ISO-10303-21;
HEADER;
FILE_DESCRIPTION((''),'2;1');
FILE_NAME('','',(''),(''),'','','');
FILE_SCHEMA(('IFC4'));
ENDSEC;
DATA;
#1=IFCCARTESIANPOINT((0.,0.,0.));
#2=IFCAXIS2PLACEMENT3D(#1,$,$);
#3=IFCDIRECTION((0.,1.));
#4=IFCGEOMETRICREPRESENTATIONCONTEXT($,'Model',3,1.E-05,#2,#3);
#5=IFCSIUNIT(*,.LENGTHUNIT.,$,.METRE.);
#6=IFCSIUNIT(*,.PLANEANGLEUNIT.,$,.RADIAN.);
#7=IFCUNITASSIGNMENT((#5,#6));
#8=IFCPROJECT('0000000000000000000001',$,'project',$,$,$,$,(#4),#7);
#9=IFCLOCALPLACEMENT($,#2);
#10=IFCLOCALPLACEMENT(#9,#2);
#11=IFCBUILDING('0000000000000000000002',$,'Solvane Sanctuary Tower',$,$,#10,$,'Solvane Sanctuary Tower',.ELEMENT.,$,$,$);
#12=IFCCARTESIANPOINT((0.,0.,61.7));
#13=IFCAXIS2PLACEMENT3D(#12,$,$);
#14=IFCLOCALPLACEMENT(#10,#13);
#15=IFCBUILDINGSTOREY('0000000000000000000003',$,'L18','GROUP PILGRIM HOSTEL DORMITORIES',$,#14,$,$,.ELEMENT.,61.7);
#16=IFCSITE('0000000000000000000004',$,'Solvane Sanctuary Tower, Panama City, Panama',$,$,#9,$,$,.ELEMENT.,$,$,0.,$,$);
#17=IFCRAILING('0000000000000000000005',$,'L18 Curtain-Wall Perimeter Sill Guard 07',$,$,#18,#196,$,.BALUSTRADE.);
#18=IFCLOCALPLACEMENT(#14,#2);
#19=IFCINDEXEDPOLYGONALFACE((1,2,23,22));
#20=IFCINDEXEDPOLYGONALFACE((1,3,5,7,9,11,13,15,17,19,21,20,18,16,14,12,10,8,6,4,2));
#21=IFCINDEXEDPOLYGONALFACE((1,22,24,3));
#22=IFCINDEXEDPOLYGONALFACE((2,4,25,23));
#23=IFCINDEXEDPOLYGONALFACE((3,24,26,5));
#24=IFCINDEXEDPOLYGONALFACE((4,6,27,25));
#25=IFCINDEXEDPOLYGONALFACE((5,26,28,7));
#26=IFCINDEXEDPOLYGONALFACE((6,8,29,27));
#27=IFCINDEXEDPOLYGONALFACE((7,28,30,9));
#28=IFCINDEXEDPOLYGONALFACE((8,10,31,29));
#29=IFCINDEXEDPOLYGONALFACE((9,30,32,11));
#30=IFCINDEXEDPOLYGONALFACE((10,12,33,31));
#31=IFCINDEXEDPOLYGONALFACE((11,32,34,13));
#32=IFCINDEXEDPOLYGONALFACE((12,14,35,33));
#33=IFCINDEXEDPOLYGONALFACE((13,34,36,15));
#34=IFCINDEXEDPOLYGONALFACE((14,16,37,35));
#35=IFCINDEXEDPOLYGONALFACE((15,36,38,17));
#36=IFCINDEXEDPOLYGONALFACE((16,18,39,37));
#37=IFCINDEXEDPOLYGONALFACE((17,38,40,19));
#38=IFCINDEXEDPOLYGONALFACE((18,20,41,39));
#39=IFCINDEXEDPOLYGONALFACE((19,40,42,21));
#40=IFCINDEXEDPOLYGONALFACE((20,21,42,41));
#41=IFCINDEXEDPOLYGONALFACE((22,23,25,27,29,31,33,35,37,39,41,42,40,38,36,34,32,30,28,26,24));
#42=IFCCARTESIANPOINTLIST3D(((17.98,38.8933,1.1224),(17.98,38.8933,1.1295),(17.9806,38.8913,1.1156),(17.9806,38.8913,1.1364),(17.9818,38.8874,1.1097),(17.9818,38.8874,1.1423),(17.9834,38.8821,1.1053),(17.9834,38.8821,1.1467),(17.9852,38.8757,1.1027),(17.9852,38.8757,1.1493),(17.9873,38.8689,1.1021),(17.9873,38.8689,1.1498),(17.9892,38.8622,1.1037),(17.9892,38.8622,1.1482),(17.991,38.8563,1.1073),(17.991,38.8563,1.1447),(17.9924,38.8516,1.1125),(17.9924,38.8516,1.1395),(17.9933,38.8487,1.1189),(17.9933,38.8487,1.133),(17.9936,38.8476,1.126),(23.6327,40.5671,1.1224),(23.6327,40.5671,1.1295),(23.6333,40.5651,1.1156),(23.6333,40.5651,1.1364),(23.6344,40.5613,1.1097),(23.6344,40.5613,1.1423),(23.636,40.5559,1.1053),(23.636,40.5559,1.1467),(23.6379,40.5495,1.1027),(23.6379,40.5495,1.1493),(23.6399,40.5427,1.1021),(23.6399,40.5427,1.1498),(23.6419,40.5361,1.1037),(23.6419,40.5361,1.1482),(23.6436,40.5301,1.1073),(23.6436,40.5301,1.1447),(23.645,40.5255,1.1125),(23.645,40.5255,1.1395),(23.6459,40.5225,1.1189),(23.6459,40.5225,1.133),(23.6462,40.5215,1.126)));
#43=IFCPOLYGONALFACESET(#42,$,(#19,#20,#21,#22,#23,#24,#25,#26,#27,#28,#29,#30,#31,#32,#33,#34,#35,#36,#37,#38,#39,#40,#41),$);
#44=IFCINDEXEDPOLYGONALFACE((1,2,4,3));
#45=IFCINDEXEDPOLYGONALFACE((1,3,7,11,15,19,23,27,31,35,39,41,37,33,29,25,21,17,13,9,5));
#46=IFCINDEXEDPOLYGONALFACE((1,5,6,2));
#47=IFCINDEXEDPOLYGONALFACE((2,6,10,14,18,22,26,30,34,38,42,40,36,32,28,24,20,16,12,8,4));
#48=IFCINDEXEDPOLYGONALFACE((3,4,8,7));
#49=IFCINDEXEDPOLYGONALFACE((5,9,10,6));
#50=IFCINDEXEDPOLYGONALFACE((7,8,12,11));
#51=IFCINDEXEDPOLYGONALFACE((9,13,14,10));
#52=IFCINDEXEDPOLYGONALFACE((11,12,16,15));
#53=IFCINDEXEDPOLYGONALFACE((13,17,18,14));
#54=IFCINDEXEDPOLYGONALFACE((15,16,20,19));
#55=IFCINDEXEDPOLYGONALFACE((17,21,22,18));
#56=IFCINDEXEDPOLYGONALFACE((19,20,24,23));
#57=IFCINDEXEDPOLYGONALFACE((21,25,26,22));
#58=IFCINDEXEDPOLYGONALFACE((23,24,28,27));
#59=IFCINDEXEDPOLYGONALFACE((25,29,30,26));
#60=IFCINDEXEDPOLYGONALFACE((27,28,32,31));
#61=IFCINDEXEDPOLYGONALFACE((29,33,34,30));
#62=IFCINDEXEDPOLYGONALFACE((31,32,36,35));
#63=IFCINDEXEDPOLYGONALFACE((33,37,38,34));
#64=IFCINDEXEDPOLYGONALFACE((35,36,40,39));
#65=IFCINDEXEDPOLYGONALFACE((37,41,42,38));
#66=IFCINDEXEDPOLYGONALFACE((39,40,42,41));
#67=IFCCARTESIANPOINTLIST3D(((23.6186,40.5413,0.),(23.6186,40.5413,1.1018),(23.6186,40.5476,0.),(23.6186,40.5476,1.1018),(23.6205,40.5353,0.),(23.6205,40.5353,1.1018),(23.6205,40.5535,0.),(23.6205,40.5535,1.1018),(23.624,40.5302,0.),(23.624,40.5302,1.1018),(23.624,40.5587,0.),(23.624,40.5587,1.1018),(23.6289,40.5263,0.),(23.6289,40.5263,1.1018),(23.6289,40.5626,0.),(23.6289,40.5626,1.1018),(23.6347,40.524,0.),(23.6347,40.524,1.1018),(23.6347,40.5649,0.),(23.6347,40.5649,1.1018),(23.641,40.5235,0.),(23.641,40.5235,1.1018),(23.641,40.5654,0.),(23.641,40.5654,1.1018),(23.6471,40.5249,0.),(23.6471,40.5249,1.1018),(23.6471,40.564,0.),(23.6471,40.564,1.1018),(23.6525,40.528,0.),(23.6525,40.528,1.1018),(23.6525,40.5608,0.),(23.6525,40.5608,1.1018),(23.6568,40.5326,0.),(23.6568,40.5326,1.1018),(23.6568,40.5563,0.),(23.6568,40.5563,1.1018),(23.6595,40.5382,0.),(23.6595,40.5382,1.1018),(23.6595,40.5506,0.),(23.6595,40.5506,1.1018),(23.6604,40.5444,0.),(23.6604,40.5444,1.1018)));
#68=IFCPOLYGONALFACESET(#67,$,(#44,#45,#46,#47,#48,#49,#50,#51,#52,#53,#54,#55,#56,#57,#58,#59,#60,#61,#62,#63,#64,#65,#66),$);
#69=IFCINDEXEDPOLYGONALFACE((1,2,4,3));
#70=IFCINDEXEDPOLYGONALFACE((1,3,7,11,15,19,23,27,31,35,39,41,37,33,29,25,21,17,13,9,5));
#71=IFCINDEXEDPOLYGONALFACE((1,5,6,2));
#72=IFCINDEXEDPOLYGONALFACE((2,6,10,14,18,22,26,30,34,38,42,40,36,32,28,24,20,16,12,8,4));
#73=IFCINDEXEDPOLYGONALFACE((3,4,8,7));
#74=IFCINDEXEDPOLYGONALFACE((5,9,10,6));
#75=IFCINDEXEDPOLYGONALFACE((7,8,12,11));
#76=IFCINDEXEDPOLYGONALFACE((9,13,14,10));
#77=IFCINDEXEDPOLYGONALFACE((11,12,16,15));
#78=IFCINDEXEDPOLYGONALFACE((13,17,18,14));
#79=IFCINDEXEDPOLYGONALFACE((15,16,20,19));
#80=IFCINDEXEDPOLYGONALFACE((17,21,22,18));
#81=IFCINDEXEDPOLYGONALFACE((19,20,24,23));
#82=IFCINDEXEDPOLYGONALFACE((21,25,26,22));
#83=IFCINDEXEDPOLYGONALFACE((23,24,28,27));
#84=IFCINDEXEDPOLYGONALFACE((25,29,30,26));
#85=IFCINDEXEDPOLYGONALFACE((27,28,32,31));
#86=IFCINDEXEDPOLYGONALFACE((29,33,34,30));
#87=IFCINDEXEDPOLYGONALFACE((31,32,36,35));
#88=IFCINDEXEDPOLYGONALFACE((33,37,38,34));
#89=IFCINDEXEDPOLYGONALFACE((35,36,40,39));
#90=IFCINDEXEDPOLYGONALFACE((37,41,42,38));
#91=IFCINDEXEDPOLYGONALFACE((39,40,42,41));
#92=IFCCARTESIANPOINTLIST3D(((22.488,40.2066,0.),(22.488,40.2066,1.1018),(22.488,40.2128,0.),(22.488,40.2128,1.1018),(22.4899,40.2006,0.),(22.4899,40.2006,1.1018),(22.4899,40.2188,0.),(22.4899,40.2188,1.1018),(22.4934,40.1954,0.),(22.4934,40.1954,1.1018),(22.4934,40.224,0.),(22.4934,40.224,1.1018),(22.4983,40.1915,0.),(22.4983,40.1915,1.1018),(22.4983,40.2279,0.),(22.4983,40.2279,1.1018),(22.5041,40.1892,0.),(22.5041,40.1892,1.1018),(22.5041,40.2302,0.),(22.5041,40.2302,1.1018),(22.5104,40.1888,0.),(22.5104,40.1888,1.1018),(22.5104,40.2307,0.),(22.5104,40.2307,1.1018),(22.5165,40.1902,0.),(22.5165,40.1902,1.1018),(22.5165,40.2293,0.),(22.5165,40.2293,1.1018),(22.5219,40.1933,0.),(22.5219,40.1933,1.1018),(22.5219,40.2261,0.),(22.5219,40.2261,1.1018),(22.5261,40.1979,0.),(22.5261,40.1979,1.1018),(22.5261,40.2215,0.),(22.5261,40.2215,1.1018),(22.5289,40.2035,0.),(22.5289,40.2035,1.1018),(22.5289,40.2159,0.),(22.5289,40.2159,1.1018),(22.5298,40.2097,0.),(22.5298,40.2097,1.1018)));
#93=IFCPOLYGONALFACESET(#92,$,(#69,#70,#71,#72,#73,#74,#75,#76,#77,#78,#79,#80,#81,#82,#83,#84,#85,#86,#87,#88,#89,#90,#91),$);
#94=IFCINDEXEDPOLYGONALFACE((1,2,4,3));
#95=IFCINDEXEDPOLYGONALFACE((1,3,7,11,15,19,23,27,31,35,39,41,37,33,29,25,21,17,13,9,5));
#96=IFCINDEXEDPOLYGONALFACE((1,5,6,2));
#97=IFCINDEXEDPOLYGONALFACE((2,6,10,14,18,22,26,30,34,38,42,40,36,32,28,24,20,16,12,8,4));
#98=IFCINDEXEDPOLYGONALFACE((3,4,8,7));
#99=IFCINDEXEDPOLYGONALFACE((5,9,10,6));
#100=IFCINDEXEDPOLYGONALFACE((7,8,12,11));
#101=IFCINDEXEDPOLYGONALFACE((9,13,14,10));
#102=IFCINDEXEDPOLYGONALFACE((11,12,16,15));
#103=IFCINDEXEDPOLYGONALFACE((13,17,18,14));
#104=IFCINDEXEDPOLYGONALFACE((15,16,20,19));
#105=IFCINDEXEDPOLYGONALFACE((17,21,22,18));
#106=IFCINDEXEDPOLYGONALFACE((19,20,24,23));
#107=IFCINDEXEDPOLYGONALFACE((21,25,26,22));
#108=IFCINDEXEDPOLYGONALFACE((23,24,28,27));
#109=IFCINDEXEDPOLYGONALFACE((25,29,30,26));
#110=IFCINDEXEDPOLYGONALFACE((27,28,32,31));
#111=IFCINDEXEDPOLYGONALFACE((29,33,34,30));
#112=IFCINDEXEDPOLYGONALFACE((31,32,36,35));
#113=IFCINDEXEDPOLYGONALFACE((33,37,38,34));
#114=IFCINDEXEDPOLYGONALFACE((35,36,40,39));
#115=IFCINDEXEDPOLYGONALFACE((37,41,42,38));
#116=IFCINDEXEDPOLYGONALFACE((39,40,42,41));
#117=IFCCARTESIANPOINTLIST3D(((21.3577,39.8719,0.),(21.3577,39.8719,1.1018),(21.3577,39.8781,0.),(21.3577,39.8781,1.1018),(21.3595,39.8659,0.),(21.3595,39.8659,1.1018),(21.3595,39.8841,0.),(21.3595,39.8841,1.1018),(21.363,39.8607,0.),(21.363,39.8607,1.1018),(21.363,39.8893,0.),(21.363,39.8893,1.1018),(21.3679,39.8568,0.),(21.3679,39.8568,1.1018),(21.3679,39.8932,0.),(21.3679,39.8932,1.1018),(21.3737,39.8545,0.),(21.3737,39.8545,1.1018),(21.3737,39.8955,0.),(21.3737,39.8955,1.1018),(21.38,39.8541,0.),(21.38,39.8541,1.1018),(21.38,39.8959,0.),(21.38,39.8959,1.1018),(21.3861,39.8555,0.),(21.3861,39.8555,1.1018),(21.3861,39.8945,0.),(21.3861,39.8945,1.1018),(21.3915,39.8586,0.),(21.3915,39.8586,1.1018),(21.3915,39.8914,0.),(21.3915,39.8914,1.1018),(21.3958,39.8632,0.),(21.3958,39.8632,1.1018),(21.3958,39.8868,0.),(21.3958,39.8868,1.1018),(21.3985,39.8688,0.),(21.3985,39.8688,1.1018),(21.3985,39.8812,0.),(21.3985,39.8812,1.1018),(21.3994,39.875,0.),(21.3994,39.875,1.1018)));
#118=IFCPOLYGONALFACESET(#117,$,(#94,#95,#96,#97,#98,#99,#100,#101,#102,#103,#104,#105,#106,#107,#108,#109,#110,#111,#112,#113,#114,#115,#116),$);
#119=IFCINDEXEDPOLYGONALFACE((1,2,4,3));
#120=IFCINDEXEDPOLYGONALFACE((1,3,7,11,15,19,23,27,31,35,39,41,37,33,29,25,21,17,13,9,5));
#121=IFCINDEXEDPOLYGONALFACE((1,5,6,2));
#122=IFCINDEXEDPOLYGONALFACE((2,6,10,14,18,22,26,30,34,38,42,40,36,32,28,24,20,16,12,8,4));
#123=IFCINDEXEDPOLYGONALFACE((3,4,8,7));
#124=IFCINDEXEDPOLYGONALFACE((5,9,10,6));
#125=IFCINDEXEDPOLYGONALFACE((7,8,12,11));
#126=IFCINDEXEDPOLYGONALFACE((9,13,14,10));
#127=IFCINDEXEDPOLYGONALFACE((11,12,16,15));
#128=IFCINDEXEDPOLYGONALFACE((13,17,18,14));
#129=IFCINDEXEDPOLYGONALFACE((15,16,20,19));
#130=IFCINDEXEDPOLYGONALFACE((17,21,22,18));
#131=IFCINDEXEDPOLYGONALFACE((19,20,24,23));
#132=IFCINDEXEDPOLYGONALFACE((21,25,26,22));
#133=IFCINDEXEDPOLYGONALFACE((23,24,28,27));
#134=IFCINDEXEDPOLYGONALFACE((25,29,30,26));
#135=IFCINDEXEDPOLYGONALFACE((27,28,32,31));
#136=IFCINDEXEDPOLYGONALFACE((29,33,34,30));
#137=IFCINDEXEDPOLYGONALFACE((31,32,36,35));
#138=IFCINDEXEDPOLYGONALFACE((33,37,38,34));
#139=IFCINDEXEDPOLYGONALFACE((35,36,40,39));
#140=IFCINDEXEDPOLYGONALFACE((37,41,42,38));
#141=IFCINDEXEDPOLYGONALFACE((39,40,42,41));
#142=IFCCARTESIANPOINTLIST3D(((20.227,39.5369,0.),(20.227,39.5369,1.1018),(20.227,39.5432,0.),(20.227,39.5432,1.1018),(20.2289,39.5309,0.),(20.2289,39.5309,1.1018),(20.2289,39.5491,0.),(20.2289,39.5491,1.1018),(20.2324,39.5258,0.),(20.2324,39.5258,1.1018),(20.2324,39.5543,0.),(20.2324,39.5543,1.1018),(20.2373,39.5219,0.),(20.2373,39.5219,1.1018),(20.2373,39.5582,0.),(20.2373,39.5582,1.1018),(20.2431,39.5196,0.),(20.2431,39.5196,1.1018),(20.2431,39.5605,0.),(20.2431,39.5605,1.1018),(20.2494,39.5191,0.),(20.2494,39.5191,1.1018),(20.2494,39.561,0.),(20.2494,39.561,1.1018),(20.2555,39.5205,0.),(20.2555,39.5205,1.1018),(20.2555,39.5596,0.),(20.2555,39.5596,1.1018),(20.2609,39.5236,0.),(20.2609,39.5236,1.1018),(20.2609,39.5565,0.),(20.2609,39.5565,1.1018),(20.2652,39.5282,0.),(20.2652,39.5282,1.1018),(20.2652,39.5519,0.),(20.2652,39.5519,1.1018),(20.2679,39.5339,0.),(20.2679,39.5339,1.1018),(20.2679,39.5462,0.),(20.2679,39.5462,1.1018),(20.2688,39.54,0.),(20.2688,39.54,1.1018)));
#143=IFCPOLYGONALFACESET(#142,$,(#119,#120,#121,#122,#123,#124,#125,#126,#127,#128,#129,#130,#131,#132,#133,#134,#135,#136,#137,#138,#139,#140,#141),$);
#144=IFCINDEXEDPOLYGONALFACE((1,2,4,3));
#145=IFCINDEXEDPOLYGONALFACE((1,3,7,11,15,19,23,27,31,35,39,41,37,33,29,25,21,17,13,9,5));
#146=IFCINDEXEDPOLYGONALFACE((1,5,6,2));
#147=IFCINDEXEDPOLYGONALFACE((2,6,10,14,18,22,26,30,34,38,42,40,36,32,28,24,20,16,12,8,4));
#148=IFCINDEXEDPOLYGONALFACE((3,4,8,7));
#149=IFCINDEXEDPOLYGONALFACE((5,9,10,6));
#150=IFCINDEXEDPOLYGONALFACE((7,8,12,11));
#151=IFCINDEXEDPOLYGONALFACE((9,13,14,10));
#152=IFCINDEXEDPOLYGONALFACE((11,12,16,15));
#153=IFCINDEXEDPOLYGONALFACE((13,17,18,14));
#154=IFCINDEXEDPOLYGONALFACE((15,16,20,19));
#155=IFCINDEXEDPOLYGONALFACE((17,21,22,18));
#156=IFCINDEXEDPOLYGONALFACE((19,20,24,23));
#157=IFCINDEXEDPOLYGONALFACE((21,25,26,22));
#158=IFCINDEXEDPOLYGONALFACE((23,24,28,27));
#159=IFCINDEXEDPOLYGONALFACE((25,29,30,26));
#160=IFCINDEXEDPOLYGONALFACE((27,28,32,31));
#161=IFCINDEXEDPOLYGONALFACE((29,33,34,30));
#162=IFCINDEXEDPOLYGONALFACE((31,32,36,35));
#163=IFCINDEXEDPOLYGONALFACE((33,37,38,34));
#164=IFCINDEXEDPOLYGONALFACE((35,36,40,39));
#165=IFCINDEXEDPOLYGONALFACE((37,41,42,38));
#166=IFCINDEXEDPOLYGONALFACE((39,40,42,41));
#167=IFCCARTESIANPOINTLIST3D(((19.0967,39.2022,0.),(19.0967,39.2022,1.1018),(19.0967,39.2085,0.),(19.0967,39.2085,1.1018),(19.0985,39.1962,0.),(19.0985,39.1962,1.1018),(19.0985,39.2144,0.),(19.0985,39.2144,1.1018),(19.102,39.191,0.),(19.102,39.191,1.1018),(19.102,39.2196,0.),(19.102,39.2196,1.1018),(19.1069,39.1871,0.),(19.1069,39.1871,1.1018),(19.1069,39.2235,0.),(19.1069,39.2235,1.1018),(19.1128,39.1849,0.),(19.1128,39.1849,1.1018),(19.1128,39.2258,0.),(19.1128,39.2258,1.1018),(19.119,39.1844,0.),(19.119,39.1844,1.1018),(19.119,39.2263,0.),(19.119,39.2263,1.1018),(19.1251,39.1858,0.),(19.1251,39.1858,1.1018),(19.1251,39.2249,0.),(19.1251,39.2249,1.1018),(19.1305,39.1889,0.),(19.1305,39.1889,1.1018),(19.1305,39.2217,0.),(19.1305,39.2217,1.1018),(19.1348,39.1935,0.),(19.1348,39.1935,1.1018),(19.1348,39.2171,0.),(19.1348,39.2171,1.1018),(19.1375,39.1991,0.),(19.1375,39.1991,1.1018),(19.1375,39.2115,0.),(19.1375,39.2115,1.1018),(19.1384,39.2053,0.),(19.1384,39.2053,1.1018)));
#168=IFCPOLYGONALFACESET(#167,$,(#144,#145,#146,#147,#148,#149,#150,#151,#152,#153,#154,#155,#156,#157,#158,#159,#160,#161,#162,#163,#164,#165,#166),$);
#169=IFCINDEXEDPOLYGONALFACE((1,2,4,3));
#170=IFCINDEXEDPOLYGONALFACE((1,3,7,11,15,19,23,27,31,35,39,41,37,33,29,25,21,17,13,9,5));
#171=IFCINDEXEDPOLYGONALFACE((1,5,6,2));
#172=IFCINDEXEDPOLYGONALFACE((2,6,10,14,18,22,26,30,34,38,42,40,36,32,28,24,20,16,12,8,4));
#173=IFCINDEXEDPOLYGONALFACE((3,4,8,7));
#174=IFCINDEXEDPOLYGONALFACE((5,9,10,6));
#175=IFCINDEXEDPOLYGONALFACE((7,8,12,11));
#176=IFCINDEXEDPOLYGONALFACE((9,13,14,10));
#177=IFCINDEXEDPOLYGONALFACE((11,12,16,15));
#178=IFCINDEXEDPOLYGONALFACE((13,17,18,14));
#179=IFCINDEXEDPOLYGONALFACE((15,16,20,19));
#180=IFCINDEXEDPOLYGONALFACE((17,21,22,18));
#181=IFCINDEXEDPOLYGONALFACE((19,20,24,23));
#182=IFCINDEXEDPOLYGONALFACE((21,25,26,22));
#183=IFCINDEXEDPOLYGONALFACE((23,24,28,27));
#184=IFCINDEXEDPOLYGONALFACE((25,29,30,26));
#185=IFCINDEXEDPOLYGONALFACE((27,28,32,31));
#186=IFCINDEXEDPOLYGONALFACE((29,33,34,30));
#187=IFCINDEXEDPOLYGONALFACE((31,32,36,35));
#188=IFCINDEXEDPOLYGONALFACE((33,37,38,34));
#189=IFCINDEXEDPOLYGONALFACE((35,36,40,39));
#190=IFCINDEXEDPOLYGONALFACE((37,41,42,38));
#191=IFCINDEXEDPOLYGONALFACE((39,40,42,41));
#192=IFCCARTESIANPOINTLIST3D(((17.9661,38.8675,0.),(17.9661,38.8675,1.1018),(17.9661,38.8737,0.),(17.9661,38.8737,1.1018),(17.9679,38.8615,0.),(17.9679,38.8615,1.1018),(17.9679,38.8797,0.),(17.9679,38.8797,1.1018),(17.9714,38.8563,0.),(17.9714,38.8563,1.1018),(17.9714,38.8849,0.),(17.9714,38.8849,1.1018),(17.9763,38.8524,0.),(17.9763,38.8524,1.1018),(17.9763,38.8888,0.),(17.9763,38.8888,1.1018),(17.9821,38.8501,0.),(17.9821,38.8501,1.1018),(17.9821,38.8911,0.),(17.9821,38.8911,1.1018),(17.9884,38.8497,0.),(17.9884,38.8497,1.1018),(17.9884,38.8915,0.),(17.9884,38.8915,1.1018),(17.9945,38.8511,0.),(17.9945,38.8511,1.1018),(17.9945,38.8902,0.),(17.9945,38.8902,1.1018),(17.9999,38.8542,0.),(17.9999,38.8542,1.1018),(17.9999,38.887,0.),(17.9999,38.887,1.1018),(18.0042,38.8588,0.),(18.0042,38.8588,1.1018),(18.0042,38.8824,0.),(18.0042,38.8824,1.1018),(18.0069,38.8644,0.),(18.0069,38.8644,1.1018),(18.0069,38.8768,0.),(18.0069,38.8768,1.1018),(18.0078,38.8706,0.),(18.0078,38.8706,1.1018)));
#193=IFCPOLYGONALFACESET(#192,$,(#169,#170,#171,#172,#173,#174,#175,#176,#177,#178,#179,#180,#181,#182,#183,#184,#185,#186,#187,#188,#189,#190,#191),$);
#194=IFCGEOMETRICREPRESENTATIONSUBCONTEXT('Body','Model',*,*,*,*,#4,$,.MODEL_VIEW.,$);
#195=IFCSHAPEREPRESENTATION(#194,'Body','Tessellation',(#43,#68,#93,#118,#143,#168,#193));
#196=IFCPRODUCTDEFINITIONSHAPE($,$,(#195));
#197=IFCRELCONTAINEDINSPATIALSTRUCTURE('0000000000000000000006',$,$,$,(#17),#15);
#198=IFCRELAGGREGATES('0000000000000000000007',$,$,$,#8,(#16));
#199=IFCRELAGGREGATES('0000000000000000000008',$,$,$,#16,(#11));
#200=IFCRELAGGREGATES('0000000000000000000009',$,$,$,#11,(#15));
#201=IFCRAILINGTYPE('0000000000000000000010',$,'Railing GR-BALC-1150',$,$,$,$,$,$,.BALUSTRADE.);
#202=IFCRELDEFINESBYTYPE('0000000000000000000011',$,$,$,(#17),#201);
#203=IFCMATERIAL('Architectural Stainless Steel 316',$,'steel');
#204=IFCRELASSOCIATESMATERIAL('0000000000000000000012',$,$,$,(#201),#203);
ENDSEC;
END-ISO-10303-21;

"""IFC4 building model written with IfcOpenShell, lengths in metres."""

from ifc_helpers import new_model, si_unit, direction, frame, origin, origin_2d, place, context, subcontext, project, spatial, circle, extrude, material, type_object, element, save


model = new_model("IFC4")

# Units and contexts
model_context = context("Model", 3, precision=1e-05, world=origin(), true_north=direction((0.0, 1.0)))
body_context = subcontext(model_context, "Body", "Model", "MODEL_VIEW")
ifc_project = project(units=[si_unit("LENGTHUNIT", "METRE"), si_unit("PLANEANGLEUNIT", "RADIAN")], contexts=[model_context])

# Site, building, storey
site_placement = place(None, origin())
site = spatial("IfcSite", under=ifc_project, at=site_placement, Name="Solvane Sanctuary Tower, Panama City, Panama", CompositionType="ELEMENT", RefElevation=0.0)
building_placement = place(site_placement, origin())
building = spatial("IfcBuilding", under=site, at=building_placement, Name="Solvane Sanctuary Tower", LongName="Solvane Sanctuary Tower", CompositionType="ELEMENT")
storey_placement = place(building_placement, frame((0.0, 0.0, 61.7)))
storey = spatial("IfcBuildingStorey", under=building, at=storey_placement, Name="L18", Description="GROUP PILGRIM HOSTEL DORMITORIES", CompositionType="ELEMENT", Elevation=61.7)

# Railing
ifc_material_1 = material(Name="Architectural Stainless Steel 316", Category="steel")
railing_type = type_object("IfcRailingType", Name="Railing GR-BALC-1150", PredefinedType="BALUSTRADE", material=ifc_material_1)
railing_placement = place(storey_placement, frame((23.6394, 40.5444, 0.0)))
element("IfcRailing", 1, at=railing_placement, inside=storey, type_object=railing_type, Name="L18 Curtain-Wall Perimeter Sill Guard 07", PredefinedType="BALUSTRADE", context=body_context, shape_type="SweptSolid", body=[
    extrude(circle(Radius=0.0239, at=origin_2d()), frame((0.0, 0.0, 1.126), z_axis=(-0.958845, -0.28393, 0.0), x_axis=(0.28393, -0.958845, 0.0)), (0.0, 0.0, 1.0), 5.8953),
    extrude(circle(Radius=0.021, at=origin_2d()), origin(), (0.0, 0.0, 1.0), 1.1018),
    extrude(circle(Radius=0.021, at=origin_2d()), frame((-1.1306, -0.3347, 0.0)), (0.0, 0.0, 1.0), 1.1018),
    extrude(circle(Radius=0.021, at=origin_2d()), frame((-2.261, -0.6694, 0.0)), (0.0, 0.0, 1.0), 1.1018),
    extrude(circle(Radius=0.021, at=origin_2d()), frame((-3.3916, -1.0044, 0.0)), (0.0, 0.0, 1.0), 1.1018),
    extrude(circle(Radius=0.021, at=origin_2d()), frame((-4.522, -1.3391, 0.0)), (0.0, 0.0, 1.0), 1.1018),
    extrude(circle(Radius=0.021, at=origin_2d()), frame((-5.6526, -1.6738, 0.0)), (0.0, 0.0, 1.0), 1.1018),
])

save(model, "model.ifc")
